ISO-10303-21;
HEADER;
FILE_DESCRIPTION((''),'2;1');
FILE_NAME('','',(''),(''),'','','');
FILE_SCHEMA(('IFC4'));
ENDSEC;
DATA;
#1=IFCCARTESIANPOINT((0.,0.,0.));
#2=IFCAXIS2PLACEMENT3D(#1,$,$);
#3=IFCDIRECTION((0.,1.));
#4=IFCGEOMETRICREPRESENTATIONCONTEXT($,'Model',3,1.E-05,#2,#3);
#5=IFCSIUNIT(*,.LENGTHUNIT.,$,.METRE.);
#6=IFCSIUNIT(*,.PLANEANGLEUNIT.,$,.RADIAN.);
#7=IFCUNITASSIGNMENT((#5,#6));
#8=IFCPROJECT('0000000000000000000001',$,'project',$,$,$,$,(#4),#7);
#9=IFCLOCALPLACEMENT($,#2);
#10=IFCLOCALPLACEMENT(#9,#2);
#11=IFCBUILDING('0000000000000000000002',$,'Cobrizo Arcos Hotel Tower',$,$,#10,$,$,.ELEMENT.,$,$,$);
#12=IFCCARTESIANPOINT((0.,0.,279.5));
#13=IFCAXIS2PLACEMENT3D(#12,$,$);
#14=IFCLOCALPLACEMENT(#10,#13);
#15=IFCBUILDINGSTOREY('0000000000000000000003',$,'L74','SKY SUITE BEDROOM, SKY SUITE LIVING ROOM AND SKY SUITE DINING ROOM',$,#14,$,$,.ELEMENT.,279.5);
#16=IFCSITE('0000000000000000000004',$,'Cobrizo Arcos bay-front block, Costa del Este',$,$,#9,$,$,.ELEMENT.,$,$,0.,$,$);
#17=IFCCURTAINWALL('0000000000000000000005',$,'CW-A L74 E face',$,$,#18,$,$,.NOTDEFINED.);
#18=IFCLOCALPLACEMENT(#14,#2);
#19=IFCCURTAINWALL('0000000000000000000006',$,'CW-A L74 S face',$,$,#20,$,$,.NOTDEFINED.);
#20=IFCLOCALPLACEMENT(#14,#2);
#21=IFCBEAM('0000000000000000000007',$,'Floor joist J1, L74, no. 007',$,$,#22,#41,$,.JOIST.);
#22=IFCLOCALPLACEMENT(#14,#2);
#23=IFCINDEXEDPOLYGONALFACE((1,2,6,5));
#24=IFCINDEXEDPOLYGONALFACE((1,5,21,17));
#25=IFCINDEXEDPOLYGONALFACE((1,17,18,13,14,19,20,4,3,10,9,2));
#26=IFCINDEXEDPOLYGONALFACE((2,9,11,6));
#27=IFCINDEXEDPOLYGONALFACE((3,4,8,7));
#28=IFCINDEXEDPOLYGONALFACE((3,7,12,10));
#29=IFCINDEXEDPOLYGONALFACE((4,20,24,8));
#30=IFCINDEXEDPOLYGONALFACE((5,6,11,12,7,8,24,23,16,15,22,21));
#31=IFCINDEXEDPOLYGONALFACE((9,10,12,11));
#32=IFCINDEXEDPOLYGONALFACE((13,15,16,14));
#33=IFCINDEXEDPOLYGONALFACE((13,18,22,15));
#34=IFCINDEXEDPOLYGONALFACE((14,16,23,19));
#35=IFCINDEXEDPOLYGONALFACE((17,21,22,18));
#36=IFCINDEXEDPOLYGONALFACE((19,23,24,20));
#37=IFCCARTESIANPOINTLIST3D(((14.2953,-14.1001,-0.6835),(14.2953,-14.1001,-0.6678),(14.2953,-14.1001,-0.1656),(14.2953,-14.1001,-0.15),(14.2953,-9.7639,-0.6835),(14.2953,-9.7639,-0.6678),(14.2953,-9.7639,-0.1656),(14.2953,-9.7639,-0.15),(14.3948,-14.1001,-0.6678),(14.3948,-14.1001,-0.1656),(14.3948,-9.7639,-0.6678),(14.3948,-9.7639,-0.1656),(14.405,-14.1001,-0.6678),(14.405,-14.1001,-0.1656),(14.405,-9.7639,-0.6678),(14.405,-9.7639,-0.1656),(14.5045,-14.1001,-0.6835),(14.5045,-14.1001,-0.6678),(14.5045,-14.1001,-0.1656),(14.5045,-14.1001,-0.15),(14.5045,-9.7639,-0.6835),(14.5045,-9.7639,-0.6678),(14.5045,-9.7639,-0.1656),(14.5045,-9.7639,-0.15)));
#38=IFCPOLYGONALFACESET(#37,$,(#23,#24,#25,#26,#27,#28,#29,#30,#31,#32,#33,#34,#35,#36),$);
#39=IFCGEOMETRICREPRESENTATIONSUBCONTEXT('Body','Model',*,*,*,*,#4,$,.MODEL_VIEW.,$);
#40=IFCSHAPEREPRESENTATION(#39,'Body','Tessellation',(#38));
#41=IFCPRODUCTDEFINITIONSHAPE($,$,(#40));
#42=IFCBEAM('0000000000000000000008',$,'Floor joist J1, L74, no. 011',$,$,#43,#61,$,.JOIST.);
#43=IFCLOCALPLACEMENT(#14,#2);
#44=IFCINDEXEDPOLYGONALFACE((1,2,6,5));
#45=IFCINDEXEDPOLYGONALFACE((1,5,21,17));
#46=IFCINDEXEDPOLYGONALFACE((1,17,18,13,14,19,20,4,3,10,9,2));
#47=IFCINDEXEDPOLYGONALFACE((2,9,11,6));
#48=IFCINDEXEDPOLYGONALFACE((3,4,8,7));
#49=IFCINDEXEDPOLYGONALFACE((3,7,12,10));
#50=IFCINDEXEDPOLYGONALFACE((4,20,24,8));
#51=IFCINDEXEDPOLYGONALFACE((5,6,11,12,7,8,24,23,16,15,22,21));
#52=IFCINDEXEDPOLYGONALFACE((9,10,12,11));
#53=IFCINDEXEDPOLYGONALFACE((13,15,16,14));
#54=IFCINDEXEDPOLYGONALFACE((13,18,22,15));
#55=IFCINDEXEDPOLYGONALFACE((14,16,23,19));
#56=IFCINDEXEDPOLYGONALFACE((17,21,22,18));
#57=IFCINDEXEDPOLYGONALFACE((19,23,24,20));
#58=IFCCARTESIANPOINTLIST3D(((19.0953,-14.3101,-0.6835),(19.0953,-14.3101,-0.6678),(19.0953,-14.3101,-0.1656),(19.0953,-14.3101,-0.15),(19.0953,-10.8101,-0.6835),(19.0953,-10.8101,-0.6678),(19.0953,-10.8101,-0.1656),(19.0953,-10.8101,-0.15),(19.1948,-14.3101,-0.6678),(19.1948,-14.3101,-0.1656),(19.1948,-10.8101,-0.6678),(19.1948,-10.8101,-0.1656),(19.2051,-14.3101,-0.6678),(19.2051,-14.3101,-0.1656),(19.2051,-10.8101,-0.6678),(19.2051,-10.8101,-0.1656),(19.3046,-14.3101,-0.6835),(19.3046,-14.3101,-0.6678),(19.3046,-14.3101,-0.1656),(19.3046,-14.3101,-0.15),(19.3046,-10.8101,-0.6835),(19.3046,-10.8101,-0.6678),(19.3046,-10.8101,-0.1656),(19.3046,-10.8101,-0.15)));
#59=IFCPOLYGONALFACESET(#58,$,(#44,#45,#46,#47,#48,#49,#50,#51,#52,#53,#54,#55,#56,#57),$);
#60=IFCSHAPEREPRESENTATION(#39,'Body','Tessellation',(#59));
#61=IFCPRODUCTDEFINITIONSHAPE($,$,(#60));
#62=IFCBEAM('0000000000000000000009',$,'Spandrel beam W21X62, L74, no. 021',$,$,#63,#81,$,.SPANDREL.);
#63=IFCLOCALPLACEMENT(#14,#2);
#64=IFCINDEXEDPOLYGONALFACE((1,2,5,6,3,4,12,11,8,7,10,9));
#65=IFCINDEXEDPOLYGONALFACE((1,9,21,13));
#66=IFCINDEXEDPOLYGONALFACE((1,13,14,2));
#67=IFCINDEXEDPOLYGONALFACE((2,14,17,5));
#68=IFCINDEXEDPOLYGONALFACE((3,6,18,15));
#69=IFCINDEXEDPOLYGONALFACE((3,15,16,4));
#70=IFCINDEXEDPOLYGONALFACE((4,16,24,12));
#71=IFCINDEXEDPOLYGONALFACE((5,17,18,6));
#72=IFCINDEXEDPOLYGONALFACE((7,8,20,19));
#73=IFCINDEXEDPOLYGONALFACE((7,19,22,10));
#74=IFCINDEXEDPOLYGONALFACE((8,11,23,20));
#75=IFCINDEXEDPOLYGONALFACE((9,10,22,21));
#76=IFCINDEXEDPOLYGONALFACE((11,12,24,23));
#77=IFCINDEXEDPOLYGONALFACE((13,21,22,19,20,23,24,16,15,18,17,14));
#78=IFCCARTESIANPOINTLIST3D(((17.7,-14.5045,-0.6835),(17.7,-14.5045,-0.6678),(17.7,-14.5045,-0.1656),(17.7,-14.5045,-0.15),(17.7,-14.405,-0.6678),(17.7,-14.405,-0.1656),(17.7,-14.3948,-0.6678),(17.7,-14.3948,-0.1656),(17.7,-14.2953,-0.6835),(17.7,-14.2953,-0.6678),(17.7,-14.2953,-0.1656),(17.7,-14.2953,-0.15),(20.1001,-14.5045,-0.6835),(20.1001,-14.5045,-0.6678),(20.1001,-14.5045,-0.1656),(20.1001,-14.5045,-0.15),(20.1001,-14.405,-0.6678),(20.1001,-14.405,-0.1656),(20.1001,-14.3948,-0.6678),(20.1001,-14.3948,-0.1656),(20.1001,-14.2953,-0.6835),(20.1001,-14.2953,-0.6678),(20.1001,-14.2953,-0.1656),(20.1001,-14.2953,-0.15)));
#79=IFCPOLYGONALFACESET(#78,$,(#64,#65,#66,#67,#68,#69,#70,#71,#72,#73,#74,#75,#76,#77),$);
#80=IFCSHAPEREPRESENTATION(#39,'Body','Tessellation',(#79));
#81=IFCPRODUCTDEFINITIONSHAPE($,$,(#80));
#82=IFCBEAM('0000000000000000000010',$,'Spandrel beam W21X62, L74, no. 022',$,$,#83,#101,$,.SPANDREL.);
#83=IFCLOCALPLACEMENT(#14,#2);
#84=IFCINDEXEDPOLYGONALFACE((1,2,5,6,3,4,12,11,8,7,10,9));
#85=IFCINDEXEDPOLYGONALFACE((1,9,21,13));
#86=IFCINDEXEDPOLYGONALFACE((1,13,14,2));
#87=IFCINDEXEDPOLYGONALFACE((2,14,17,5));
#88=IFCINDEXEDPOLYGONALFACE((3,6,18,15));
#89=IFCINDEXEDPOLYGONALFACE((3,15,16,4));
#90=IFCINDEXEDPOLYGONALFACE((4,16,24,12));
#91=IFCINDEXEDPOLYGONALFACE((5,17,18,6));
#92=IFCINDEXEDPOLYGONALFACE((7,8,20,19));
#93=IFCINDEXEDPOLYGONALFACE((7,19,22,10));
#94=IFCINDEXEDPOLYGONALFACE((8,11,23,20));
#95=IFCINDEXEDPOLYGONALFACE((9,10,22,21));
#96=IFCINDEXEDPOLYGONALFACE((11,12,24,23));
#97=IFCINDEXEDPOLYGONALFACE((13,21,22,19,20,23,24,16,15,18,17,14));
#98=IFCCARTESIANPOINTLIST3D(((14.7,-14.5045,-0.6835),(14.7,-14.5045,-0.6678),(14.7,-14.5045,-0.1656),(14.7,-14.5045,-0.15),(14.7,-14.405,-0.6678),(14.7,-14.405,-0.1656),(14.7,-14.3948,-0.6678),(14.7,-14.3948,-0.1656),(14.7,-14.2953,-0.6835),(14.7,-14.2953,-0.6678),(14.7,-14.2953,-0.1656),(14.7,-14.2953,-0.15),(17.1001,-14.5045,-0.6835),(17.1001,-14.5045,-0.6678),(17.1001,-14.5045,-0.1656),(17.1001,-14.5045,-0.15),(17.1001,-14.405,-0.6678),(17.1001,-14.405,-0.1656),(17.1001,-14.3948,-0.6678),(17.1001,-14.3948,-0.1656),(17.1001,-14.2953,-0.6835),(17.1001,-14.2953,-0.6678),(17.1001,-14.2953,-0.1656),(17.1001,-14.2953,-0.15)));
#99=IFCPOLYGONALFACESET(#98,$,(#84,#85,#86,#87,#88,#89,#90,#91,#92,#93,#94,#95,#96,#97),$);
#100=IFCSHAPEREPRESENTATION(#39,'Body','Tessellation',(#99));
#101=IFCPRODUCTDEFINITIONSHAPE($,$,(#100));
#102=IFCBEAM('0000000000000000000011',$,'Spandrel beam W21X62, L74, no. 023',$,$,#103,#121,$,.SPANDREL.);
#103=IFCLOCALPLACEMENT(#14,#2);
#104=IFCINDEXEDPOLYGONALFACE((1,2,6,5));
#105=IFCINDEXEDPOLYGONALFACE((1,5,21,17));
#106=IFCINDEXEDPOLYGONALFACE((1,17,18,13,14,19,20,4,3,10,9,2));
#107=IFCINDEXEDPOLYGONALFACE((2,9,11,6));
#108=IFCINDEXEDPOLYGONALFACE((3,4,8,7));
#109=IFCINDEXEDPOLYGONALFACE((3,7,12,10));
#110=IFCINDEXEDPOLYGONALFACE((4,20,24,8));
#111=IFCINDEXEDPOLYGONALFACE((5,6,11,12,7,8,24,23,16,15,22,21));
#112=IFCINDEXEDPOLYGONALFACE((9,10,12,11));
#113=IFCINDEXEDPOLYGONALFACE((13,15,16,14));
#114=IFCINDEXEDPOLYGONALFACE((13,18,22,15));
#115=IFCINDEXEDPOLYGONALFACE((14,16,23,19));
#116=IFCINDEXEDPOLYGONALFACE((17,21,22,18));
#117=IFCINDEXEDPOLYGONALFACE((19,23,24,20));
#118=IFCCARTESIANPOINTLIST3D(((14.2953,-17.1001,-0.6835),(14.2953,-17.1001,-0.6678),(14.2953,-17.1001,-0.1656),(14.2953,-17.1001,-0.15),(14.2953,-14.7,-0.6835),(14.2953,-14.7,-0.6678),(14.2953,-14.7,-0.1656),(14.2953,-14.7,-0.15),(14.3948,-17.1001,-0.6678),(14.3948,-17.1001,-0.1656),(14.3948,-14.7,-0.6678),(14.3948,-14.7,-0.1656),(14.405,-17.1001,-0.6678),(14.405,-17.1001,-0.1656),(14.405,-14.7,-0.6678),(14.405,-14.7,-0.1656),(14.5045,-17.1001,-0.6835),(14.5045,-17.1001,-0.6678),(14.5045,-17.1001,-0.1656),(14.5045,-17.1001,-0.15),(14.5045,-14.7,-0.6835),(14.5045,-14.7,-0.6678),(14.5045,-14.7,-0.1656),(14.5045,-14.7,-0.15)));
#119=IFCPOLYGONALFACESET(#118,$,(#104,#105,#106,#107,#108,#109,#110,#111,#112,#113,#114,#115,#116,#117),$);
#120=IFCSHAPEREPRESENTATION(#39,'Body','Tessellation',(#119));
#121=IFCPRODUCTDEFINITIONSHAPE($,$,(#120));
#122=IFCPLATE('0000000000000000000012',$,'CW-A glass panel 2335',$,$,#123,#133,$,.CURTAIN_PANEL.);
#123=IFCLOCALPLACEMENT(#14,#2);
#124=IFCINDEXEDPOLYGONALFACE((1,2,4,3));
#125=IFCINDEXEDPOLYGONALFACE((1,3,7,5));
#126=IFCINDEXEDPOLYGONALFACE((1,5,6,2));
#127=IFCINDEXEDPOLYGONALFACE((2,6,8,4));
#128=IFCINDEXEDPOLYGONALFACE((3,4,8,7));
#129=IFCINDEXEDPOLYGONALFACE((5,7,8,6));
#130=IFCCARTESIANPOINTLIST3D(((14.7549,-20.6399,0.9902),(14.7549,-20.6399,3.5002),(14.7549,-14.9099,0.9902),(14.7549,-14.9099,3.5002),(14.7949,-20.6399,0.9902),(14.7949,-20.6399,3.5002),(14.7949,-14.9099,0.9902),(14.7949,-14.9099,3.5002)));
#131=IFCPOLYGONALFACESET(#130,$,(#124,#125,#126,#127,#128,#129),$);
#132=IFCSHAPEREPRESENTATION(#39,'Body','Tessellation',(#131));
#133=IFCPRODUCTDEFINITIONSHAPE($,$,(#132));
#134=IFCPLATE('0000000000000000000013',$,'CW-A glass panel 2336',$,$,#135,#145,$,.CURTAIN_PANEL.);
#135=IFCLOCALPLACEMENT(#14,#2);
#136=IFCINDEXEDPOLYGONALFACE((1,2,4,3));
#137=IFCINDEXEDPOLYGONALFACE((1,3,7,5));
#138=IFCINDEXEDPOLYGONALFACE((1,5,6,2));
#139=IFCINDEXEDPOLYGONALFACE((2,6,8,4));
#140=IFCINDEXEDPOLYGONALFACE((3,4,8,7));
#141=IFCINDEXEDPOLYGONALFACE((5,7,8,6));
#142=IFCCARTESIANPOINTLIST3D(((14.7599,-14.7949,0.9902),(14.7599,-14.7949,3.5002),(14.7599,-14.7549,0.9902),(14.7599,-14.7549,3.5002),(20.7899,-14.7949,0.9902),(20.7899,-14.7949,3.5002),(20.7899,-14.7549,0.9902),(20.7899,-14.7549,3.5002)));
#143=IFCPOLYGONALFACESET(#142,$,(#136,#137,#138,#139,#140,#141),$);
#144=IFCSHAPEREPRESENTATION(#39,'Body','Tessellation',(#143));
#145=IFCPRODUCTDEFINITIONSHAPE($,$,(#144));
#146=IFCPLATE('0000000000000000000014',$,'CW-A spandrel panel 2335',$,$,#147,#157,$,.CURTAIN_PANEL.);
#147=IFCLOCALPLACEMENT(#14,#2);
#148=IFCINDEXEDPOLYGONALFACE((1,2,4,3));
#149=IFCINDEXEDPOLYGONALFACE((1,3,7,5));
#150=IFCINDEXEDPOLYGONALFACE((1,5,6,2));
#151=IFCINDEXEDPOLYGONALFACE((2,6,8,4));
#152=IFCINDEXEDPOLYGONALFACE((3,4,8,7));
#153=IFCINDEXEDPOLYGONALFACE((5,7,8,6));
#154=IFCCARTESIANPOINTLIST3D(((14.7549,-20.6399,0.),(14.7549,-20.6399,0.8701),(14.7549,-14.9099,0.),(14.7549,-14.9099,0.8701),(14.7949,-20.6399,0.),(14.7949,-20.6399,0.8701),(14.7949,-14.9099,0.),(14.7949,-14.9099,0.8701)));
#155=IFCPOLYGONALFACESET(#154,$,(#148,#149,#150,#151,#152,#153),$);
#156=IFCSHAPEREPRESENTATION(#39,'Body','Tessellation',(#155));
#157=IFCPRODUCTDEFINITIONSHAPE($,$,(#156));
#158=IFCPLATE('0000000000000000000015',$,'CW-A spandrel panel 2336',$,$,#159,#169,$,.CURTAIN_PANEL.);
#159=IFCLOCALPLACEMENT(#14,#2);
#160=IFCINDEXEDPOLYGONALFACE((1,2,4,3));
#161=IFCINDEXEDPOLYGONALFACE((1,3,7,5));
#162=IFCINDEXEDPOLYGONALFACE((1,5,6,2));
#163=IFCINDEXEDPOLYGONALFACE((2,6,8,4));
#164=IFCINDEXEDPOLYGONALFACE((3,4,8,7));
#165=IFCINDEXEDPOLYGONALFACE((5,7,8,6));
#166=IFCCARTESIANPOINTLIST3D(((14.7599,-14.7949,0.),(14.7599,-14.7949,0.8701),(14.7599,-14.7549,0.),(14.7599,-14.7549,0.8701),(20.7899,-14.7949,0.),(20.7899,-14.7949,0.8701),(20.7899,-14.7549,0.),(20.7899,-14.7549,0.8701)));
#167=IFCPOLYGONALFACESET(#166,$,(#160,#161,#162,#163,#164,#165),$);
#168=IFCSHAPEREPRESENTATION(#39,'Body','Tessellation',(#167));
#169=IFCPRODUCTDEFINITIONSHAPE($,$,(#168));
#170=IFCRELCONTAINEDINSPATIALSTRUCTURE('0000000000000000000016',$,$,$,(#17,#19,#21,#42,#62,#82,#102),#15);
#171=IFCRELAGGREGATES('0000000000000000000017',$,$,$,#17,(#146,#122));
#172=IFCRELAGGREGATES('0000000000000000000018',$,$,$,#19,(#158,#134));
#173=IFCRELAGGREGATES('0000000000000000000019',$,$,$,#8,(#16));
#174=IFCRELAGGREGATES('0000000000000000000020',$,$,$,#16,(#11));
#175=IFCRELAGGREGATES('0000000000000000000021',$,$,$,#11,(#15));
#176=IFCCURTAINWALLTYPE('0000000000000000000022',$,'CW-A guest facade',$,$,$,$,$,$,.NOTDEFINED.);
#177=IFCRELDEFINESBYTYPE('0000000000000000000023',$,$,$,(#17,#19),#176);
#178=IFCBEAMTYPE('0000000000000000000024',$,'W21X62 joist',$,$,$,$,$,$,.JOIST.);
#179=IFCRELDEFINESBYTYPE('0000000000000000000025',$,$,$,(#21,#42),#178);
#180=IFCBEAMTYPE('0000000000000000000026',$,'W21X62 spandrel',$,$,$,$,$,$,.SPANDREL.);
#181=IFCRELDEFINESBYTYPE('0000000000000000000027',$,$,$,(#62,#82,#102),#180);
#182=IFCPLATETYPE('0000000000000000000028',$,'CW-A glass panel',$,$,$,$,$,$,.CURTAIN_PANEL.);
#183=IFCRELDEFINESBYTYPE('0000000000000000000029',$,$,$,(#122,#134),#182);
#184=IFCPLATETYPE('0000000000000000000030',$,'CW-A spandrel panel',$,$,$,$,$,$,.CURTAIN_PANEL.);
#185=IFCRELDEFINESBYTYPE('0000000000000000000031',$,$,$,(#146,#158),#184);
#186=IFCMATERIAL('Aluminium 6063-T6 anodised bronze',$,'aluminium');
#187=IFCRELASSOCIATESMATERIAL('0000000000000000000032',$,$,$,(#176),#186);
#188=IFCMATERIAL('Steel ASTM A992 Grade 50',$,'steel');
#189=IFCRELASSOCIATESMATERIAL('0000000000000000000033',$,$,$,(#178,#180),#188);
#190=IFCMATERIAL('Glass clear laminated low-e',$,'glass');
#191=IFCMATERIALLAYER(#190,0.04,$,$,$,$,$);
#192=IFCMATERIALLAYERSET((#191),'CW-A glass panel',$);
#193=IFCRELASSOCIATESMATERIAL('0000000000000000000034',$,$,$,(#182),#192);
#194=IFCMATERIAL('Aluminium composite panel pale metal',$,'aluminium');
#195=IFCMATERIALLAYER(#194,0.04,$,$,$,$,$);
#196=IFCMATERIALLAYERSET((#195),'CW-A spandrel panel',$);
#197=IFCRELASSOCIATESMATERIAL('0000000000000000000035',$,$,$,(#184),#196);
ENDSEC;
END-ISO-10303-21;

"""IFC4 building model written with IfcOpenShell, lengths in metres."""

from ifc_helpers import new_model, si_unit, direction, frame, origin, origin_2d, place, context, subcontext, project, spatial, rectangle, i_section, extrude, material, layer, layer_set, material_profile, profile_set, type_object, element, aggregate, save


model = new_model("IFC4")

# Units and contexts
model_context = context("Model", 3, precision=1e-05, world=origin(), true_north=direction((0.0, 1.0)))
body_context = subcontext(model_context, "Body", "Model", "MODEL_VIEW")
ifc_project = project(units=[si_unit("LENGTHUNIT", "METRE"), si_unit("PLANEANGLEUNIT", "RADIAN")], contexts=[model_context])

# Site, building, storey
site_placement = place(None, origin())
site = spatial("IfcSite", under=ifc_project, at=site_placement, Name="Cobrizo Arcos bay-front block, Costa del Este", CompositionType="ELEMENT", RefElevation=0.0)
building_placement = place(site_placement, origin())
building = spatial("IfcBuilding", under=site, at=building_placement, Name="Cobrizo Arcos Hotel Tower", CompositionType="ELEMENT")
storey_placement = place(building_placement, frame((0.0, 0.0, 279.5)))
storey = spatial("IfcBuildingStorey", under=building, at=storey_placement, Name="L74", Description="SKY SUITE BEDROOM, SKY SUITE LIVING ROOM AND SKY SUITE DINING ROOM", CompositionType="ELEMENT", Elevation=279.5)

# Shared definitions
ifc_material_1 = material(Name="Aluminium 6063-T6 anodised bronze", Category="aluminium")
curtain_wall_type = type_object("IfcCurtainWallType", Name="CW-A guest facade", PredefinedType="NOTDEFINED", material=ifc_material_1)

# Curtain walls
curtain_wall_1_placement = place(storey_placement, origin())
curtain_wall_1 = element("IfcCurtainWall", 1, at=curtain_wall_1_placement, inside=storey, type_object=curtain_wall_type, Name="CW-A L74 E face", PredefinedType="NOTDEFINED")
curtain_wall_2_placement = place(storey_placement, origin())
curtain_wall_2 = element("IfcCurtainWall", 2, at=curtain_wall_2_placement, inside=storey, type_object=curtain_wall_type, Name="CW-A L74 S face", PredefinedType="NOTDEFINED")

# Beams
ifc_material_2 = material(Name="Steel ASTM A992 Grade 50", Category="steel")
ifc_material_profile_1 = material_profile(ifc_material_2, i_section(OverallWidth=0.2092, OverallDepth=0.5334, WebThickness=0.0103, FlangeThickness=0.0156, at=origin_2d()), Name="W21X62")
ifc_profile_set_1 = profile_set([ifc_material_profile_1], Name="Steel ASTM A992 Grade 50")
beam_type_1 = type_object("IfcBeamType", Name="W21X62 joist", PredefinedType="JOIST", material=ifc_profile_set_1)
beam_1_placement = place(storey_placement, frame((14.3999, -14.1001, -0.4167), z_axis=(0.0, 1.0, 0.0), x_axis=(-1.0, 0.0, 0.0)))
element("IfcBeam", 3, at=beam_1_placement, inside=storey, type_object=beam_type_1, Name="Floor joist J1, L74, no. 007", PredefinedType="JOIST", context=body_context, shape_type="SweptSolid", body=[
    extrude(i_section(OverallWidth=0.2092, OverallDepth=0.5334, WebThickness=0.0103, FlangeThickness=0.0156, at=origin_2d()), origin(), (0.0, 0.0, 1.0), 4.3362),
])
beam_2_placement = place(storey_placement, frame((19.2, -14.3101, -0.4167), z_axis=(0.0, 1.0, 0.0), x_axis=(-1.0, 0.0, 0.0)))
element("IfcBeam", 4, at=beam_2_placement, inside=storey, type_object=beam_type_1, Name="Floor joist J1, L74, no. 011", PredefinedType="JOIST", context=body_context, shape_type="SweptSolid", body=[
    extrude(i_section(OverallWidth=0.2092, OverallDepth=0.5334, WebThickness=0.0103, FlangeThickness=0.0156, at=origin_2d()), origin(), (0.0, 0.0, 1.0), 3.5),
])
ifc_material_profile_2 = material_profile(ifc_material_2, i_section(OverallWidth=0.2092, OverallDepth=0.5334, WebThickness=0.0103, FlangeThickness=0.0156, at=origin_2d()), Name="W21X62")
ifc_profile_set_2 = profile_set([ifc_material_profile_2], Name="Steel ASTM A992 Grade 50")
beam_type_2 = type_object("IfcBeamType", Name="W21X62 spandrel", PredefinedType="SPANDREL", material=ifc_profile_set_2)
for number, where, z_axis, x_axis, name in (
    (5, (20.1001, -14.3999, -0.4167), (-1.0, 0.0, 0.0), (0.0, -1.0, 0.0), "Spandrel beam W21X62, L74, no. 021"),
    (6, (17.1001, -14.3999, -0.4167), (-1.0, 0.0, 0.0), (0.0, -1.0, 0.0), "Spandrel beam W21X62, L74, no. 022"),
    (7, (14.3999, -14.7, -0.4167), (0.0, -1.0, 0.0), (1.0, 0.0, 0.0), "Spandrel beam W21X62, L74, no. 023"),
):
    element("IfcBeam", number, at=place(storey_placement, frame(where, z_axis=z_axis, x_axis=x_axis)), inside=storey, type_object=beam_type_2, Name=name, PredefinedType="SPANDREL", context=body_context, shape_type="SweptSolid", body=[
        extrude(i_section(OverallWidth=0.2092, OverallDepth=0.5334, WebThickness=0.0103, FlangeThickness=0.0156, at=origin_2d()), origin(), (0.0, 0.0, 1.0), 2.4001),
    ])

# Plates
ifc_material_3 = material(Name="Glass clear laminated low-e", Category="glass")
ifc_layer_1 = layer(ifc_material_3, 0.04)
ifc_layer_set_1 = layer_set([ifc_layer_1], Name="CW-A glass panel")
plate_type_1 = type_object("IfcPlateType", Name="CW-A glass panel", PredefinedType="CURTAIN_PANEL", material=ifc_layer_set_1)
plate_1_placement = place(storey_placement, frame((14.7749, -17.7749, 0.9902), z_axis=(0.0, 0.0, 1.0), x_axis=(0.0, 1.0, 0.0)))
plate_1 = element("IfcPlate", 8, at=plate_1_placement, type_object=plate_type_1, Name="CW-A glass panel 2335", PredefinedType="CURTAIN_PANEL", context=body_context, shape_type="SweptSolid", body=[
    extrude(rectangle(XDim=5.73, YDim=0.04, at=origin_2d()), origin(), (0.0, 0.0, 1.0), 2.51),
])
plate_2_placement = place(storey_placement, frame((17.7749, -14.7749, 0.9902), z_axis=(0.0, 0.0, 1.0), x_axis=(1.0, 0.0, 0.0)))
plate_2 = element("IfcPlate", 9, at=plate_2_placement, type_object=plate_type_1, Name="CW-A glass panel 2336", PredefinedType="CURTAIN_PANEL", context=body_context, shape_type="SweptSolid", body=[
    extrude(rectangle(XDim=6.03, YDim=0.04, at=origin_2d()), origin(), (0.0, 0.0, 1.0), 2.51),
])
ifc_material_4 = material(Name="Aluminium composite panel pale metal", Category="aluminium")
ifc_layer_2 = layer(ifc_material_4, 0.04)
ifc_layer_set_2 = layer_set([ifc_layer_2], Name="CW-A spandrel panel")
plate_type_2 = type_object("IfcPlateType", Name="CW-A spandrel panel", PredefinedType="CURTAIN_PANEL", material=ifc_layer_set_2)
plate_3_placement = place(storey_placement, frame((14.7749, -17.7749, 0.0), z_axis=(0.0, 0.0, 1.0), x_axis=(0.0, 1.0, 0.0)))
plate_3 = element("IfcPlate", 10, at=plate_3_placement, type_object=plate_type_2, Name="CW-A spandrel panel 2335", PredefinedType="CURTAIN_PANEL", context=body_context, shape_type="SweptSolid", body=[
    extrude(rectangle(XDim=5.73, YDim=0.04, at=origin_2d()), origin(), (0.0, 0.0, 1.0), 0.8701),
])
aggregate(curtain_wall_1, [plate_3, plate_1])
plate_4_placement = place(storey_placement, frame((17.7749, -14.7749, 0.0), z_axis=(0.0, 0.0, 1.0), x_axis=(1.0, 0.0, 0.0)))
plate_4 = element("IfcPlate", 11, at=plate_4_placement, type_object=plate_type_2, Name="CW-A spandrel panel 2336", PredefinedType="CURTAIN_PANEL", context=body_context, shape_type="SweptSolid", body=[
    extrude(rectangle(XDim=6.03, YDim=0.04, at=origin_2d()), origin(), (0.0, 0.0, 1.0), 0.8701),
])
aggregate(curtain_wall_2, [plate_4, plate_2])

save(model, "model.ifc")
